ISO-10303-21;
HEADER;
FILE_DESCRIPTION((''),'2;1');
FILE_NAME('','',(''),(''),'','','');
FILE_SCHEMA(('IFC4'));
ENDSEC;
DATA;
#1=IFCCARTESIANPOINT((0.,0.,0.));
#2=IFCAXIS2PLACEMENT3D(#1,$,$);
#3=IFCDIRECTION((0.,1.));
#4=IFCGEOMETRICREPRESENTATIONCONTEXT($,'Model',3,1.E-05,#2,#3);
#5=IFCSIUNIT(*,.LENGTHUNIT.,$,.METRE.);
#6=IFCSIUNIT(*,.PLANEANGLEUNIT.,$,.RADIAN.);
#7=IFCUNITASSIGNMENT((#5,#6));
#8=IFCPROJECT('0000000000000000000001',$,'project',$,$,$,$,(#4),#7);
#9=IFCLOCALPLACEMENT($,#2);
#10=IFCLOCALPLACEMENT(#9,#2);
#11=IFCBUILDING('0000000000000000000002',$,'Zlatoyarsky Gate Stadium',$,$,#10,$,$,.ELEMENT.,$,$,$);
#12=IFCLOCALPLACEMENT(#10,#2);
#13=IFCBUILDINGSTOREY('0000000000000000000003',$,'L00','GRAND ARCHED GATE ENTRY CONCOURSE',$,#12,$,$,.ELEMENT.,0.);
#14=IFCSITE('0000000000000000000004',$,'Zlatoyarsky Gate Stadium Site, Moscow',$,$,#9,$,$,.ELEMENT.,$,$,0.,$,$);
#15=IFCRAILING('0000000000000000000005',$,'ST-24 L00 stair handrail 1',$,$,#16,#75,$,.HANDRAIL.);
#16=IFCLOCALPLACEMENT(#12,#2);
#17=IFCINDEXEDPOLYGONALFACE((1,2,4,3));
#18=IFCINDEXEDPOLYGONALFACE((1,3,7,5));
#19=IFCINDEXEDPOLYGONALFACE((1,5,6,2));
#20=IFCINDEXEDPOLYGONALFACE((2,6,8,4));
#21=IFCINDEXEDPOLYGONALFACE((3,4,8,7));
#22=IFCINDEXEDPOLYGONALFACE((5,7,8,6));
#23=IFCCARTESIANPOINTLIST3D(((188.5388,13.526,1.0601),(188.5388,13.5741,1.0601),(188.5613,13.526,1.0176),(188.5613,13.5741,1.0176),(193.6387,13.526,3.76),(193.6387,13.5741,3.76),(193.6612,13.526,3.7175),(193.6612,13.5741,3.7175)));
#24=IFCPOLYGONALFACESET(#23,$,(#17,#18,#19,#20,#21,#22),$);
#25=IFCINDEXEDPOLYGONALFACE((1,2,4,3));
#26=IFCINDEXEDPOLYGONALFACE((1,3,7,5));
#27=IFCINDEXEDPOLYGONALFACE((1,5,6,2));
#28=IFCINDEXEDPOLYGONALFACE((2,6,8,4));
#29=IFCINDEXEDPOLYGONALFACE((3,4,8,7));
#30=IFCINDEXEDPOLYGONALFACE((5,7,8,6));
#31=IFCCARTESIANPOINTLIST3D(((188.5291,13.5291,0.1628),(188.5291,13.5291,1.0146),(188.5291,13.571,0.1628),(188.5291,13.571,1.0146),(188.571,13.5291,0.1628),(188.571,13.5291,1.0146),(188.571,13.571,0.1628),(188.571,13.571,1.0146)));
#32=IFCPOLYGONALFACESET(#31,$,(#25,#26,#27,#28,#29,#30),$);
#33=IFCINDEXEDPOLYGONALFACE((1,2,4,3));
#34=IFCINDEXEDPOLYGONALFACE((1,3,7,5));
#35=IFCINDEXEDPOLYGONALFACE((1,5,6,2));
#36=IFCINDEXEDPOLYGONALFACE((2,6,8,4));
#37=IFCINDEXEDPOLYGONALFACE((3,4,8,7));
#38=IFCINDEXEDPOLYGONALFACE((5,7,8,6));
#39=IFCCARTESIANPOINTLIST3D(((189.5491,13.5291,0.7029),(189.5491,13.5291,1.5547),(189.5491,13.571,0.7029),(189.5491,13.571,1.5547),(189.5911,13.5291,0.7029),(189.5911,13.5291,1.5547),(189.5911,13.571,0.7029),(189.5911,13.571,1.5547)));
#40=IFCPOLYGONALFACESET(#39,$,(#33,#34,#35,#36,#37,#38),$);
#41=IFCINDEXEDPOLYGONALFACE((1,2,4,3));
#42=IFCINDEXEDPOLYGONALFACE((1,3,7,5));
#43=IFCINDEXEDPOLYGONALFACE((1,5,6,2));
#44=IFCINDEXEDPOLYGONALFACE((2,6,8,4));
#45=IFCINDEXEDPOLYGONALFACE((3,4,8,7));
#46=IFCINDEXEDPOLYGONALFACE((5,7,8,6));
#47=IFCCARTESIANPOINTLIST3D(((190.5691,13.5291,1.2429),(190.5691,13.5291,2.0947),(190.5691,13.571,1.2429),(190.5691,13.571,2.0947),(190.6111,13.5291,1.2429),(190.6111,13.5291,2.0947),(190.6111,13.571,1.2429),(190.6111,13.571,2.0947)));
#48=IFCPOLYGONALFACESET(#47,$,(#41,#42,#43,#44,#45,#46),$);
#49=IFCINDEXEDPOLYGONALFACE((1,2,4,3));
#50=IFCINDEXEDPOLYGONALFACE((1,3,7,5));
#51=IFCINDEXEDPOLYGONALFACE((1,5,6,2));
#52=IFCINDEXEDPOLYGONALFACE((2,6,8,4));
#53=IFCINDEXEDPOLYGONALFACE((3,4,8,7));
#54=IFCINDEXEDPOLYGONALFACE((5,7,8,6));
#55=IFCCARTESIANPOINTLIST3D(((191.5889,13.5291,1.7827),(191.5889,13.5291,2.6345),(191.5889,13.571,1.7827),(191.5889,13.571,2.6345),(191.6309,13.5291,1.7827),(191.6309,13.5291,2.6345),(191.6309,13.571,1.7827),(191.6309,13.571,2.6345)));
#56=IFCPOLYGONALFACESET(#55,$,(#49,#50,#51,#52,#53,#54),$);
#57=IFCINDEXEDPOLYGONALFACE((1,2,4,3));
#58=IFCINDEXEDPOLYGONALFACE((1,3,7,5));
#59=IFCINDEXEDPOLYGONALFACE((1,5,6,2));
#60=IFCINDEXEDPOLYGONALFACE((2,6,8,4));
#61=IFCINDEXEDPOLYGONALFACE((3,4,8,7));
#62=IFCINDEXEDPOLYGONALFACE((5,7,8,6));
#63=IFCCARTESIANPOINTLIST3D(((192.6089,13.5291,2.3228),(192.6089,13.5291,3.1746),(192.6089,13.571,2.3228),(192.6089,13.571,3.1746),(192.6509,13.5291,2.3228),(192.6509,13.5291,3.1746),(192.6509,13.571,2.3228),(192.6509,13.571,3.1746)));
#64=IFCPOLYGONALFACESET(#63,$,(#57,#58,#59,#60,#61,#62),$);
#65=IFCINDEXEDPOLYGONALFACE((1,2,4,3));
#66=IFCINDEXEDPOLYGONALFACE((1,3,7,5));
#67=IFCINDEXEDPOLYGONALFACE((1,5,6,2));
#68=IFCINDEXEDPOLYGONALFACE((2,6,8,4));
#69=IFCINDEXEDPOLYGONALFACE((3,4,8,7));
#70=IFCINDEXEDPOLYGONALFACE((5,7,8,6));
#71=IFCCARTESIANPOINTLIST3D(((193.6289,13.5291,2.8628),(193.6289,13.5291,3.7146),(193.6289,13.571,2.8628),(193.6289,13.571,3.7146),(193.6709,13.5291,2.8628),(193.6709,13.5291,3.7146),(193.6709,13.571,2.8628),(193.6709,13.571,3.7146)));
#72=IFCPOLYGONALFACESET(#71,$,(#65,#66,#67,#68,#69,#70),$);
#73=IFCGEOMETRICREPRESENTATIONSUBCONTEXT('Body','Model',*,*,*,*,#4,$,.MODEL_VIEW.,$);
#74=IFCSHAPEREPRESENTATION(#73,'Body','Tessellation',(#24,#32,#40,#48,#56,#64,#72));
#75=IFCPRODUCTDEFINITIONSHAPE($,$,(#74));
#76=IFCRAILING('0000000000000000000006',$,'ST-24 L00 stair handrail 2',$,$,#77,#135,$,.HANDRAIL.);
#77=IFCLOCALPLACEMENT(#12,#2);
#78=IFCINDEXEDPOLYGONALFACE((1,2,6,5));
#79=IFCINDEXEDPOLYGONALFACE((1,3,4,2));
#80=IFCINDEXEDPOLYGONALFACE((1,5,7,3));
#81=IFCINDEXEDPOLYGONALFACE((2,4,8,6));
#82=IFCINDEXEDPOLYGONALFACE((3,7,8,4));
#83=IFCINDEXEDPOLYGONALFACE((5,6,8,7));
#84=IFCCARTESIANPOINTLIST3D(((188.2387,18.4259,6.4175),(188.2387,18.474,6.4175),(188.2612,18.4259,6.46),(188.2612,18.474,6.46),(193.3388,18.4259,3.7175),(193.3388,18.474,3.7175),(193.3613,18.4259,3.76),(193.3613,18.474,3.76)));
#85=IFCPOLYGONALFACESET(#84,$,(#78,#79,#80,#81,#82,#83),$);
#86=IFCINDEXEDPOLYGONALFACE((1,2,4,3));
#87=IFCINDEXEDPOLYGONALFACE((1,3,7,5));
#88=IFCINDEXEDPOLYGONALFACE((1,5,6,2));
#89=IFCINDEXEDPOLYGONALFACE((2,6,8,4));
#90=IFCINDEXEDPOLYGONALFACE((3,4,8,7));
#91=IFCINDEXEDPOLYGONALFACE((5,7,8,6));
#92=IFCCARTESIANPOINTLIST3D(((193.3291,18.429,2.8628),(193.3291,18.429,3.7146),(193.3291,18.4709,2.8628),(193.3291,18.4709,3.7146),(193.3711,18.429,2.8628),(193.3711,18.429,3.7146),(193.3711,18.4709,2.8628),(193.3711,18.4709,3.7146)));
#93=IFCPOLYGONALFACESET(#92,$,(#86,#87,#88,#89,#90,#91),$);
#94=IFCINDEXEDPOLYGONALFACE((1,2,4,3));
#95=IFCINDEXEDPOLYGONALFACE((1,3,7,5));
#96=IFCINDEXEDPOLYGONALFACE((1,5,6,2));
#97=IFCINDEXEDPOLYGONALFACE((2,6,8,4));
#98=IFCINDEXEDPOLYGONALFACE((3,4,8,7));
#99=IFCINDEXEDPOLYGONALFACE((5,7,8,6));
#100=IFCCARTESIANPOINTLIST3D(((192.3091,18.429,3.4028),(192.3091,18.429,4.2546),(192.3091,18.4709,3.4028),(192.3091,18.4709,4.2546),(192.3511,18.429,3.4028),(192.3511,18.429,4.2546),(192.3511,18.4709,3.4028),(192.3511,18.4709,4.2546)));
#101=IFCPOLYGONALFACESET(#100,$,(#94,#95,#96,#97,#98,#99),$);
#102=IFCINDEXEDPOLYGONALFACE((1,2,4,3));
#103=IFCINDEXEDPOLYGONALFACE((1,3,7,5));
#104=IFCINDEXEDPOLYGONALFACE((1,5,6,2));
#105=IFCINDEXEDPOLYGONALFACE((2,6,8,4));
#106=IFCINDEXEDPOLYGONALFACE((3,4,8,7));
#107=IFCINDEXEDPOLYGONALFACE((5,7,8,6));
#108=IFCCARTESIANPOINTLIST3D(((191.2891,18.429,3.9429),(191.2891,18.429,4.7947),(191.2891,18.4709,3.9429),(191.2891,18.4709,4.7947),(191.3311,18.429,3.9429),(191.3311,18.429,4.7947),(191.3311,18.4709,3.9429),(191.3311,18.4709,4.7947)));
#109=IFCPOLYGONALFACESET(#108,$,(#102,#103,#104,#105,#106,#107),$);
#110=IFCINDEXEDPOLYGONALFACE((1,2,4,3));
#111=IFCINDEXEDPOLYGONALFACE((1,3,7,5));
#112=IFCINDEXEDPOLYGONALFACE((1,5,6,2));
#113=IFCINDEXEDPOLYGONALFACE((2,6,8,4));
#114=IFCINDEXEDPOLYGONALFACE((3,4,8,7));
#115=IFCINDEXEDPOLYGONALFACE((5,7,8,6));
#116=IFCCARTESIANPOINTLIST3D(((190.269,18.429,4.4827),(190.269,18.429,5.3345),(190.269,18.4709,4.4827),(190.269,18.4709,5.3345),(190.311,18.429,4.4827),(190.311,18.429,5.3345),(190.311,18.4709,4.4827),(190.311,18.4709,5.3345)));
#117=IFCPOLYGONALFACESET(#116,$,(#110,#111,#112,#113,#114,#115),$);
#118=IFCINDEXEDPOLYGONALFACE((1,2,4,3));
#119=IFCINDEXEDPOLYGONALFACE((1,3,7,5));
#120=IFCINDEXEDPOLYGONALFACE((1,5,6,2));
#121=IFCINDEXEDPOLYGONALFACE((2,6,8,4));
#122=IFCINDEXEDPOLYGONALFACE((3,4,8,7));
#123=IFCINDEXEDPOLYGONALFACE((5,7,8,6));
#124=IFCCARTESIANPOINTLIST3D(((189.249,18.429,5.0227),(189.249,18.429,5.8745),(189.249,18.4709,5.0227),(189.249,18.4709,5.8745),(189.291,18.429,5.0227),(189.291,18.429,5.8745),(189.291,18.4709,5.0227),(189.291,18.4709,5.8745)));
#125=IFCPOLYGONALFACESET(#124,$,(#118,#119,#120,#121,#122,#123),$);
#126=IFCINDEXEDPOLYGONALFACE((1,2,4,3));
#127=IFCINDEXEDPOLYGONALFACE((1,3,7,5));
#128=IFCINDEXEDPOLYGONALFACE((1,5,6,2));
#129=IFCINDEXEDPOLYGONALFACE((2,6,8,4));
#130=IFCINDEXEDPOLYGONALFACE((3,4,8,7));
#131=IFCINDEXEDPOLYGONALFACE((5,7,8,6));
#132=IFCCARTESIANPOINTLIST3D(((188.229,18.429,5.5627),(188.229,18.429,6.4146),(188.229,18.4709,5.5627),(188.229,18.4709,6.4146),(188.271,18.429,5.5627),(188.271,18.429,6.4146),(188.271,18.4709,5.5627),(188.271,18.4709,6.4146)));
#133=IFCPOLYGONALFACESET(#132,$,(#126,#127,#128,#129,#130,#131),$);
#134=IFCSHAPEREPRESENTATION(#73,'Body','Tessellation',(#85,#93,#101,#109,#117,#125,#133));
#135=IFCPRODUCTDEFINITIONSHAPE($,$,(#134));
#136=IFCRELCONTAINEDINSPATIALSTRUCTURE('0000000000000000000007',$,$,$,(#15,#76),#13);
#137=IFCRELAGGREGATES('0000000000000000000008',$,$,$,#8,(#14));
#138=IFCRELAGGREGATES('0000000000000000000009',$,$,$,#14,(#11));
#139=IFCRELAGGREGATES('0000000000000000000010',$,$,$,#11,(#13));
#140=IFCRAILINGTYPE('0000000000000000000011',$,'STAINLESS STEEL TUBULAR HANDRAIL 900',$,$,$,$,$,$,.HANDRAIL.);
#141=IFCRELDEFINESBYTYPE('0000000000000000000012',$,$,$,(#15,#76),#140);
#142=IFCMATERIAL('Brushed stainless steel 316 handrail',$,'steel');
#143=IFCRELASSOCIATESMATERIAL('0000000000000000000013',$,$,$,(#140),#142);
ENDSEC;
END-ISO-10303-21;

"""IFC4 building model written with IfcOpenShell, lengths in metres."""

from ifc_helpers import new_model, si_unit, direction, frame, origin, origin_2d, place, context, subcontext, project, spatial, rectangle, extrude, material, type_object, element, save


model = new_model("IFC4")

# Units and contexts
model_context = context("Model", 3, precision=1e-05, world=origin(), true_north=direction((0.0, 1.0)))
body_context = subcontext(model_context, "Body", "Model", "MODEL_VIEW")
ifc_project = project(units=[si_unit("LENGTHUNIT", "METRE"), si_unit("PLANEANGLEUNIT", "RADIAN")], contexts=[model_context])

# Site, building, storey
site_placement = place(None, origin())
site = spatial("IfcSite", under=ifc_project, at=site_placement, Name="Zlatoyarsky Gate Stadium Site, Moscow", CompositionType="ELEMENT", RefElevation=0.0)
building_placement = place(site_placement, origin())
building = spatial("IfcBuilding", under=site, at=building_placement, Name="Zlatoyarsky Gate Stadium", CompositionType="ELEMENT")
storey_placement = place(building_placement, origin())
storey = spatial("IfcBuildingStorey", under=building, at=storey_placement, Name="L00", Description="GRAND ARCHED GATE ENTRY CONCOURSE", CompositionType="ELEMENT", Elevation=0.0)

# Railings
ifc_material_1 = material(Name="Brushed stainless steel 316 handrail", Category="steel")
railing_type_1 = type_object("IfcRailingType", Name="STAINLESS STEEL TUBULAR HANDRAIL 900", PredefinedType="HANDRAIL", material=ifc_material_1)
railing_1_placement = place(storey_placement, frame((188.55, 13.55, 0.1628)))
element("IfcRailing", 1, at=railing_1_placement, inside=storey, type_object=railing_type_1, Name="ST-24 L00 stair handrail 1", PredefinedType="HANDRAIL", context=body_context, shape_type="SweptSolid", body=[
    extrude(rectangle(XDim=0.0481, YDim=0.0481, at=origin_2d()), frame((0.0, 0.0, 0.876), z_axis=(0.883786, 0.0, 0.467892), x_axis=(0.0, 1.0, 0.0)), (0.0, 0.0, 1.0), 5.7705),
    extrude(rectangle(XDim=0.042, YDim=0.042, at=origin_2d()), origin(), (0.0, 0.0, 1.0), 0.8518),
    extrude(rectangle(XDim=0.042, YDim=0.042, at=origin_2d()), frame((1.02, 0.0, 0.54)), (0.0, 0.0, 1.0), 0.8518),
    extrude(rectangle(XDim=0.042, YDim=0.042, at=origin_2d()), frame((2.04, 0.0, 1.0801)), (0.0, 0.0, 1.0), 0.8518),
    extrude(rectangle(XDim=0.042, YDim=0.042, at=origin_2d()), frame((3.0598, 0.0, 1.6199)), (0.0, 0.0, 1.0), 0.8518),
    extrude(rectangle(XDim=0.042, YDim=0.042, at=origin_2d()), frame((4.0798, 0.0, 2.1599)), (0.0, 0.0, 1.0), 0.8518),
    extrude(rectangle(XDim=0.042, YDim=0.042, at=origin_2d()), frame((5.0999, 0.0, 2.7)), (0.0, 0.0, 1.0), 0.8518),
])
railing_2_placement = place(storey_placement, frame((193.3501, 18.45, 2.8628)))
element("IfcRailing", 2, at=railing_2_placement, inside=storey, type_object=railing_type_1, Name="ST-24 L00 stair handrail 2", PredefinedType="HANDRAIL", context=body_context, shape_type="SweptSolid", body=[
    extrude(rectangle(XDim=0.0481, YDim=0.0481, at=origin_2d()), frame((0.0, 0.0, 0.876), z_axis=(-0.883795, 0.0, 0.467874), x_axis=(0.0, -1.0, 0.0)), (0.0, 0.0, 1.0), 5.7708),
    extrude(rectangle(XDim=0.042, YDim=0.042, at=origin_2d()), origin(), (0.0, 0.0, 1.0), 0.8518),
    extrude(rectangle(XDim=0.042, YDim=0.042, at=origin_2d()), frame((-1.02, 0.0, 0.54)), (0.0, 0.0, 1.0), 0.8518),
    extrude(rectangle(XDim=0.042, YDim=0.042, at=origin_2d()), frame((-2.04, 0.0, 1.0801)), (0.0, 0.0, 1.0), 0.8518),
    extrude(rectangle(XDim=0.042, YDim=0.042, at=origin_2d()), frame((-3.0601, 0.0, 1.6199)), (0.0, 0.0, 1.0), 0.8518),
    extrude(rectangle(XDim=0.042, YDim=0.042, at=origin_2d()), frame((-4.0801, 0.0, 2.1599)), (0.0, 0.0, 1.0), 0.8518),
    extrude(rectangle(XDim=0.042, YDim=0.042, at=origin_2d()), frame((-5.1001, 0.0, 2.7)), (0.0, 0.0, 1.0), 0.8518),
])

save(model, "model.ifc")
